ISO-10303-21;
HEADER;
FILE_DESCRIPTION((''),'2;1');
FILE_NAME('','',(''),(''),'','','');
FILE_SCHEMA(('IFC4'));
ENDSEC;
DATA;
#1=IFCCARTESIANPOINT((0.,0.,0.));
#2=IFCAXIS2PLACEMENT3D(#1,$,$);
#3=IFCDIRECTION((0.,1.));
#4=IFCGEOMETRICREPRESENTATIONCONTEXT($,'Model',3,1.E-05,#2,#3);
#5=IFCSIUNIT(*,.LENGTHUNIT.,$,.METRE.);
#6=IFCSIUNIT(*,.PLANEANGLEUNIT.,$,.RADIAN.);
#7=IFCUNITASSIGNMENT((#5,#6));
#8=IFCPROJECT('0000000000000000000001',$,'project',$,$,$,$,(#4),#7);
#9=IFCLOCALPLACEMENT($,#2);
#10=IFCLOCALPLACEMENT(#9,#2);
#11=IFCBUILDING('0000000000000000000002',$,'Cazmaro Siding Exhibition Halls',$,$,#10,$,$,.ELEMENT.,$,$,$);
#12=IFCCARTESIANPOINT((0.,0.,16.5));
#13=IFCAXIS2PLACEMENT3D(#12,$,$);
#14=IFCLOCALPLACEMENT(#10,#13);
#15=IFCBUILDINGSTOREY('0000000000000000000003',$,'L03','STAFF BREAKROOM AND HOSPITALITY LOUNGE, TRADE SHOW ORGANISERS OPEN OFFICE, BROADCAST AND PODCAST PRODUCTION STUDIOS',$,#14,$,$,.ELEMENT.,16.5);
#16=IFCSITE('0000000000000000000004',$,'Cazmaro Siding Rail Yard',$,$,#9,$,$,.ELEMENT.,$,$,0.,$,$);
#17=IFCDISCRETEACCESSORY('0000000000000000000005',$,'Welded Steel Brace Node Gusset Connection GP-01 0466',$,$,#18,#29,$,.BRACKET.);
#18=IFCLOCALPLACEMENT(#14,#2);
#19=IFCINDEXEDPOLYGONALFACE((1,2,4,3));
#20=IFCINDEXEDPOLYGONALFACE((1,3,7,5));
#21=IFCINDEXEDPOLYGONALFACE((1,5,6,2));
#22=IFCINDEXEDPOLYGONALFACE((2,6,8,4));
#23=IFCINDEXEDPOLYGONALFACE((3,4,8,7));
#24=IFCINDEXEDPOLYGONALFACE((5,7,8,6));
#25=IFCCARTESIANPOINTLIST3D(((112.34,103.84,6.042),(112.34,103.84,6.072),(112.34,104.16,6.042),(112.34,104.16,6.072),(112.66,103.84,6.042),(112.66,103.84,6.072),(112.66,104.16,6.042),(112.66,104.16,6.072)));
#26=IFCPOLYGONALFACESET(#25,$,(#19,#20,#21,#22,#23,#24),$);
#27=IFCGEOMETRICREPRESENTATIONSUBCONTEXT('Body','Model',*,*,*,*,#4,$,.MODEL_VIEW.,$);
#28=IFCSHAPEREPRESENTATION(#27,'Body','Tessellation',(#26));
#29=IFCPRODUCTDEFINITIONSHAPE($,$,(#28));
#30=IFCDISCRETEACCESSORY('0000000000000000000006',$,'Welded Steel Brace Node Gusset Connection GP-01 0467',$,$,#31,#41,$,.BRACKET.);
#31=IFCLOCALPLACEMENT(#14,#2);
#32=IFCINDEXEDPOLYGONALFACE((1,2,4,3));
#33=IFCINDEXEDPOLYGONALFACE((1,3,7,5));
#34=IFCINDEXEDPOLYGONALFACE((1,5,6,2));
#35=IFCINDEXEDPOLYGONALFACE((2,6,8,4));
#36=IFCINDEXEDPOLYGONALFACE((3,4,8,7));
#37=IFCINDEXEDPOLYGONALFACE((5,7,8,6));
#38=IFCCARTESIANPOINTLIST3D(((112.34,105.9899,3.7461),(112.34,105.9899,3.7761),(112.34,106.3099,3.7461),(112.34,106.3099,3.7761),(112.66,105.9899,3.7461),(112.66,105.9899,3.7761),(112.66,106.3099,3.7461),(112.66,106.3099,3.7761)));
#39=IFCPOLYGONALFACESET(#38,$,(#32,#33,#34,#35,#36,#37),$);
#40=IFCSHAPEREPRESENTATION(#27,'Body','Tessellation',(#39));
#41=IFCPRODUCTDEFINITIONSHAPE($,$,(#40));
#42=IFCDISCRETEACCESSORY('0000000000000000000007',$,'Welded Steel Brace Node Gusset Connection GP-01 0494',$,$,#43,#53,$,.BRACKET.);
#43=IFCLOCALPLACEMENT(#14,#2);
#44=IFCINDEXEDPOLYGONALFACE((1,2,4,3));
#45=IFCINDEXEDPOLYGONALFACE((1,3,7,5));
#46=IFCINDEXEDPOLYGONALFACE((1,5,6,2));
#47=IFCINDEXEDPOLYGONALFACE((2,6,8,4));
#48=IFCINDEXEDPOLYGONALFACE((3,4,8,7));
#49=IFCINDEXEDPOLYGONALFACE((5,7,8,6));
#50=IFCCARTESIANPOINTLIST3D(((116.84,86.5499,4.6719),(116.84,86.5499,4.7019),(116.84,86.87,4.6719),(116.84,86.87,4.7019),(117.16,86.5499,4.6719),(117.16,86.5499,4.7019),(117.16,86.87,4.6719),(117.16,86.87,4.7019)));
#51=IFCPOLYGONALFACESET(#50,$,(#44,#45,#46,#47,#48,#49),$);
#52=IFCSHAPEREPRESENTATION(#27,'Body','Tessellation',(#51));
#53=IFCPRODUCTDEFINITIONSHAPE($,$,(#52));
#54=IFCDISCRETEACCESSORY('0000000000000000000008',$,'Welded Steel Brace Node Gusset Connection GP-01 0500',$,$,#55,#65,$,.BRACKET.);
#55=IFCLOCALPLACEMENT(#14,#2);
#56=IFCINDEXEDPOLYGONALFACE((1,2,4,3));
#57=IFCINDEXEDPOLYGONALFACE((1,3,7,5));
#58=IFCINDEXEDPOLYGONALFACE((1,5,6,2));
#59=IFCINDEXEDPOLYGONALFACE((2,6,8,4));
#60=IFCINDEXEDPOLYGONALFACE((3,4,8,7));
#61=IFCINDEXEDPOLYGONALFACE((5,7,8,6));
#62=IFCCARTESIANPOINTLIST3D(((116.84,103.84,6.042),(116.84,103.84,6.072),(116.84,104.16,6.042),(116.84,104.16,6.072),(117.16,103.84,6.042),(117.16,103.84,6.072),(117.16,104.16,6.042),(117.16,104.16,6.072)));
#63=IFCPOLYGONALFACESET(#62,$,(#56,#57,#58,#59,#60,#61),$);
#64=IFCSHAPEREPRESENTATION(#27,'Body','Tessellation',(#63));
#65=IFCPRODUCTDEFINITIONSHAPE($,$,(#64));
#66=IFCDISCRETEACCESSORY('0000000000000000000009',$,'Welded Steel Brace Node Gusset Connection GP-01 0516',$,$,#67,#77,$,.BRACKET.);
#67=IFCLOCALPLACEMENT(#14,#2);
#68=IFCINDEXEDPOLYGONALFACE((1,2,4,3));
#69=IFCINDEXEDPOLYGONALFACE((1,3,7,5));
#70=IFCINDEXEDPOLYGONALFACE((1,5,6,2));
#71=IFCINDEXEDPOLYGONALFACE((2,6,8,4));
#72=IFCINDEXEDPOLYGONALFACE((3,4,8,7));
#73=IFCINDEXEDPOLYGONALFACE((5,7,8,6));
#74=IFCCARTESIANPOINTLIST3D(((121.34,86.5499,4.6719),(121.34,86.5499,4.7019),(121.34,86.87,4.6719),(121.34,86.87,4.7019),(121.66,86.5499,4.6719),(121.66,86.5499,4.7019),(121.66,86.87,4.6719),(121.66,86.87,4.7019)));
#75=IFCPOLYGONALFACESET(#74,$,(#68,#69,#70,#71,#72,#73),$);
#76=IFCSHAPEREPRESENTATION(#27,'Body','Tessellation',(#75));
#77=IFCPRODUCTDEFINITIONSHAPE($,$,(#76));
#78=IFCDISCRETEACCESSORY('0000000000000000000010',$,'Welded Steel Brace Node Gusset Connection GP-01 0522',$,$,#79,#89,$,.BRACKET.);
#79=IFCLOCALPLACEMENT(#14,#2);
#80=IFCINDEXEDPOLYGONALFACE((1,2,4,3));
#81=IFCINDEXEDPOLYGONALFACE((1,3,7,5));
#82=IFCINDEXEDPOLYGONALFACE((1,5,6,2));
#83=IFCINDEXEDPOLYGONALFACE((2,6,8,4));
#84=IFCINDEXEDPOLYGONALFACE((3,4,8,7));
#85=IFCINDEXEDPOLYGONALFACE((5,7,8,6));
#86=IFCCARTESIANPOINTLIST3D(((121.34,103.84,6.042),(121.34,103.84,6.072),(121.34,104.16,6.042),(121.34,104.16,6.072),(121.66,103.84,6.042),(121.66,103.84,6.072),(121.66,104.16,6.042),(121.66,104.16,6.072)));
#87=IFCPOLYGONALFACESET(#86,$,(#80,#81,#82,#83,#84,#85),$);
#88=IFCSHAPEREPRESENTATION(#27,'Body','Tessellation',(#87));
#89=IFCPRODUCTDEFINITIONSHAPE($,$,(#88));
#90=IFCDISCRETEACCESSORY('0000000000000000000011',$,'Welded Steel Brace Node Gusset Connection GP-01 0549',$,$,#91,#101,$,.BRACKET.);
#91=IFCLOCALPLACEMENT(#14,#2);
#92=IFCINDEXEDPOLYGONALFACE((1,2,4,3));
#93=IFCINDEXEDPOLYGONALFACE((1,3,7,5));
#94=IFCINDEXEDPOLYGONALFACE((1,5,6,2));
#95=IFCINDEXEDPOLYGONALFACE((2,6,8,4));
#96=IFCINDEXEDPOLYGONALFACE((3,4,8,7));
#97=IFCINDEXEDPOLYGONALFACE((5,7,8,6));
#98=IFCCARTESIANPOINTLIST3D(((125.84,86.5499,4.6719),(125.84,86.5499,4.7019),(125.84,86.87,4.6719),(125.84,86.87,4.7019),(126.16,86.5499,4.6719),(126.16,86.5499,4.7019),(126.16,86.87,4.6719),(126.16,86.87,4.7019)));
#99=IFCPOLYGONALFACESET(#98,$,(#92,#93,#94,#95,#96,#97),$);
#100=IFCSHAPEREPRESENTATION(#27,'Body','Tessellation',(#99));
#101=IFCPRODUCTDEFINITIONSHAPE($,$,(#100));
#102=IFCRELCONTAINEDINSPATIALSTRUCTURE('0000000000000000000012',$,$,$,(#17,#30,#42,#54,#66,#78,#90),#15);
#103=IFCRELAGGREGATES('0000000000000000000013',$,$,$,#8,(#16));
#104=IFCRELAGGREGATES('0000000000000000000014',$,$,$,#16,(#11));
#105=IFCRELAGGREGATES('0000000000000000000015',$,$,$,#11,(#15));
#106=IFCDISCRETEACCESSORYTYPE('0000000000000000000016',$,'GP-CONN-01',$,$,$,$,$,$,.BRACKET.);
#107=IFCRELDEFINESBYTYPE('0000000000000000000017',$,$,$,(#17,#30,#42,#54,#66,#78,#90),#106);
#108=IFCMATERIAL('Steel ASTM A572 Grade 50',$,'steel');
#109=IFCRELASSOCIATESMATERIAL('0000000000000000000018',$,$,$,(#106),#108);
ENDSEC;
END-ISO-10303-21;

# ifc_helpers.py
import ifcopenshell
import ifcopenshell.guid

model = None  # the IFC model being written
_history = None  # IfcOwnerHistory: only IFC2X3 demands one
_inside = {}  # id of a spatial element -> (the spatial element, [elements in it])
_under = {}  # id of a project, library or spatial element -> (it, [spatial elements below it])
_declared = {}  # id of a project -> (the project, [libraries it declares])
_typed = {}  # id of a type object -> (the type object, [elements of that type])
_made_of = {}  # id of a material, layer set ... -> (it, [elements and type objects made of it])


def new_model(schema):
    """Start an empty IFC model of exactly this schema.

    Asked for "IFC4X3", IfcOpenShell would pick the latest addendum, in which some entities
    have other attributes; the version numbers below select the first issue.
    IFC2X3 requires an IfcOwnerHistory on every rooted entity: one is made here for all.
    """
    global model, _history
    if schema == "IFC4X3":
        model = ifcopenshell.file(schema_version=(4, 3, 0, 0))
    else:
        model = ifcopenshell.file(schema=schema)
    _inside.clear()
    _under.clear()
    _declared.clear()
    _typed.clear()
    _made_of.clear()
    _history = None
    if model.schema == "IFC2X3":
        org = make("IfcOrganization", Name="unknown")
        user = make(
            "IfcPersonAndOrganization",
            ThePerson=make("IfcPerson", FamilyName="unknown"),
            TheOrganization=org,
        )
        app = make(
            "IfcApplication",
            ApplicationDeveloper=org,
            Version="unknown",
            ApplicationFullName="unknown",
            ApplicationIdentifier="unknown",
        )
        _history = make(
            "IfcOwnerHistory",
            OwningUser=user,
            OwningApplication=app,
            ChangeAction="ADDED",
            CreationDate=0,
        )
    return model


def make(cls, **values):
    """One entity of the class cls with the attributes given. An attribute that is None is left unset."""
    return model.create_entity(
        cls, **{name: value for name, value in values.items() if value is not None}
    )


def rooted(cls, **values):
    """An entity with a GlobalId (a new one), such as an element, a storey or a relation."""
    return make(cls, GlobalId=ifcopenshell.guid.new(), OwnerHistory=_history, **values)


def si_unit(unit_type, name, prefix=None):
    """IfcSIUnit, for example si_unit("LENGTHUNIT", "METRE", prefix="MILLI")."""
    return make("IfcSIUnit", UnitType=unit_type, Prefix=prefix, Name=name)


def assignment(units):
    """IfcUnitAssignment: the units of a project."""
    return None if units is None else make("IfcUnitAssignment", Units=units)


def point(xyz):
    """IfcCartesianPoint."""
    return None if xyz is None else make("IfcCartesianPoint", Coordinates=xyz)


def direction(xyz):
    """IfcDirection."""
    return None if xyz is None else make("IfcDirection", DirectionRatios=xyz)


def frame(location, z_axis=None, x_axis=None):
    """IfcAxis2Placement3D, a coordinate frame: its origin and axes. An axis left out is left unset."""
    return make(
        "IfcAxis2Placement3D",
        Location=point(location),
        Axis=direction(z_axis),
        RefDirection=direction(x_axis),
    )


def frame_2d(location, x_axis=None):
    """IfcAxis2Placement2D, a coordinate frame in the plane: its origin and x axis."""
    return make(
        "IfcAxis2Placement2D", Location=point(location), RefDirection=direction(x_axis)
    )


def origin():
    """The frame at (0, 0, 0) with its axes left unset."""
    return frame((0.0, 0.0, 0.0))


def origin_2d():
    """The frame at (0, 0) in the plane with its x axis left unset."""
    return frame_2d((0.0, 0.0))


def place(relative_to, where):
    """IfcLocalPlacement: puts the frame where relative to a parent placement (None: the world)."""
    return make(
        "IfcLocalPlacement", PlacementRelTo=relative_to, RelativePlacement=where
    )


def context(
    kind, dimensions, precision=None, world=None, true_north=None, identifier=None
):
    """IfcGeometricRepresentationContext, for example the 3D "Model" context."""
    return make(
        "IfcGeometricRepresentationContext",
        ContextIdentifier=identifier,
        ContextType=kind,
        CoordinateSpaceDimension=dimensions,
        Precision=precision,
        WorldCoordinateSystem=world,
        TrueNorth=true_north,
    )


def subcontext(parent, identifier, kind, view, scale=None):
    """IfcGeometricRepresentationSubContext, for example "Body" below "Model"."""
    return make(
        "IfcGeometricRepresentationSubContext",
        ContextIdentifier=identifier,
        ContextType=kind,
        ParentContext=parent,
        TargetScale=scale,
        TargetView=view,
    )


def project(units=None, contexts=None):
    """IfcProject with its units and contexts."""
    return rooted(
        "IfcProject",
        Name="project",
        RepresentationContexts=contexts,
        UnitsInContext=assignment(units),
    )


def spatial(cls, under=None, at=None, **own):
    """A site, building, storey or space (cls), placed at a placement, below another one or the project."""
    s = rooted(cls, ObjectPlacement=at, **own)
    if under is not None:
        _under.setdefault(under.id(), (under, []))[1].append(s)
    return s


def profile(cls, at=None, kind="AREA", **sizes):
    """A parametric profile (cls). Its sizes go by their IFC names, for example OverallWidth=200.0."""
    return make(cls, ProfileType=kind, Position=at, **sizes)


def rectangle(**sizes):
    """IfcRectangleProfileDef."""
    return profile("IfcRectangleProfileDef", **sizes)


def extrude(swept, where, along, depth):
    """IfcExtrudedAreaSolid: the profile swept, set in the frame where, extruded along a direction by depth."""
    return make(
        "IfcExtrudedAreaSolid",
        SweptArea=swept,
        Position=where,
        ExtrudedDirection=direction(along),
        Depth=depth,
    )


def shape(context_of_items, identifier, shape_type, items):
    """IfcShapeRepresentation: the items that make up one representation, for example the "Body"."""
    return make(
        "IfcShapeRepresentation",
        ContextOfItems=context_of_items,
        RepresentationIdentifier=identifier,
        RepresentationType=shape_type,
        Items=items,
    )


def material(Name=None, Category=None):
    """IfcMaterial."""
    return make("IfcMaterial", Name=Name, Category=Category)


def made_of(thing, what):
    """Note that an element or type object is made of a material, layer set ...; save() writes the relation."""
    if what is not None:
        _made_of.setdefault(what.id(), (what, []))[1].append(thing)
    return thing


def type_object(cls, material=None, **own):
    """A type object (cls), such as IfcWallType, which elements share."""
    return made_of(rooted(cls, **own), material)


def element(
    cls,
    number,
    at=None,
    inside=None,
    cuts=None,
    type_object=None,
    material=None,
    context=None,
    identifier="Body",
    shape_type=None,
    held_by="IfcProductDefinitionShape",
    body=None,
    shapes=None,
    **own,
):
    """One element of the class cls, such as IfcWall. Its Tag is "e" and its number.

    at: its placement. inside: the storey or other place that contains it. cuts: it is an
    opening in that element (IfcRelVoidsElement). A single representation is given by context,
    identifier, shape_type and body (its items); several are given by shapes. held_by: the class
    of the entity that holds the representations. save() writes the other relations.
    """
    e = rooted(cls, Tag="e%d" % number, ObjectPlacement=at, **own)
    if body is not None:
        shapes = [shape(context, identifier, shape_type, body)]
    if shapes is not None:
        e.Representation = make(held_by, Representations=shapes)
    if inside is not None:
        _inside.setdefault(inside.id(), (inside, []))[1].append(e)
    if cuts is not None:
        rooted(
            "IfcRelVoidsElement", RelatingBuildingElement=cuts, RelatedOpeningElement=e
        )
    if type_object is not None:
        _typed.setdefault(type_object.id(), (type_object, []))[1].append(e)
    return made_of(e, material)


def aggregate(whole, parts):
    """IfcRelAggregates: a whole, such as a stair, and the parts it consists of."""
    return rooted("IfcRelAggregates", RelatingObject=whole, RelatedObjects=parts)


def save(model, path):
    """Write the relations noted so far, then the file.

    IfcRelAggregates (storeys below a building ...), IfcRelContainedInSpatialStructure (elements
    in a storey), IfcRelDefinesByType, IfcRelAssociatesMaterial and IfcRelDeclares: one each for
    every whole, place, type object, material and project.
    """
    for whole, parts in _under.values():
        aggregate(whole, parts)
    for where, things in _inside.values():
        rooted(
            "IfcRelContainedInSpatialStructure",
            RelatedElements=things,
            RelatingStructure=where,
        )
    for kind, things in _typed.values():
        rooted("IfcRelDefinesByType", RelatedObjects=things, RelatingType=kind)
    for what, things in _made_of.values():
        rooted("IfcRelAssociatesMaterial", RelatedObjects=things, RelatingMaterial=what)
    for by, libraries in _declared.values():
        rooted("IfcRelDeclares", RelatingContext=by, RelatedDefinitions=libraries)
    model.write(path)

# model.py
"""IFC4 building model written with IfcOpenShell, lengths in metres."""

from ifc_helpers import new_model, si_unit, direction, frame, origin, origin_2d, place, context, subcontext, project, spatial, rectangle, extrude, material, type_object, element, save


model = new_model("IFC4")

# Units and contexts
model_context = context("Model", 3, precision=1e-05, world=origin(), true_north=direction((0.0, 1.0)))
body_context = subcontext(model_context, "Body", "Model", "MODEL_VIEW")
ifc_project = project(units=[si_unit("LENGTHUNIT", "METRE"), si_unit("PLANEANGLEUNIT", "RADIAN")], contexts=[model_context])

# Site, building, storey
site_placement = place(None, origin())
site = spatial("IfcSite", under=ifc_project, at=site_placement, Name="Cazmaro Siding Rail Yard", CompositionType="ELEMENT", RefElevation=0.0)
building_placement = place(site_placement, origin())
building = spatial("IfcBuilding", under=site, at=building_placement, Name="Cazmaro Siding Exhibition Halls", CompositionType="ELEMENT")
storey_placement = place(building_placement, frame((0.0, 0.0, 16.5)))
storey = spatial("IfcBuildingStorey", under=building, at=storey_placement, Name="L03", Description="STAFF BREAKROOM AND HOSPITALITY LOUNGE, TRADE SHOW ORGANISERS OPEN OFFICE, BROADCAST AND PODCAST PRODUCTION STUDIOS", CompositionType="ELEMENT", Elevation=16.5)

# Discrete accessories
ifc_material_1 = material(Name="Steel ASTM A572 Grade 50", Category="steel")
discrete_accessory_type = type_object("IfcDiscreteAccessoryType", Name="GP-CONN-01", PredefinedType="BRACKET", material=ifc_material_1)
for number, where, z_axis, x_axis, name in (
    (1, (112.5, 104.0, 6.042), (0.0, 0.0, 1.0), (1.0, 0.0, 0.0), "Welded Steel Brace Node Gusset Connection GP-01 0466"),
    (2, (112.5, 106.1499, 3.7461), (0.0, 0.0, 1.0), (1.0, 0.0, 0.0), "Welded Steel Brace Node Gusset Connection GP-01 0467"),
    (3, (117.0, 86.71, 4.6719), (0.0, 0.0, 1.0), (1.0, 0.0, 0.0), "Welded Steel Brace Node Gusset Connection GP-01 0494"),
    (4, (117.0, 104.0, 6.042), (0.0, 0.0, 1.0), (1.0, 0.0, 0.0), "Welded Steel Brace Node Gusset Connection GP-01 0500"),
    (5, (121.5, 86.71, 4.6719), (0.0, 0.0, 1.0), (1.0, 0.0, 0.0), "Welded Steel Brace Node Gusset Connection GP-01 0516"),
    (6, (121.5, 104.0, 6.042), (0.0, 0.0, 1.0), (1.0, 0.0, 0.0), "Welded Steel Brace Node Gusset Connection GP-01 0522"),
    (7, (126.0, 86.71, 4.6719), (0.0, 0.0, 1.0), (1.0, 0.0, 0.0), "Welded Steel Brace Node Gusset Connection GP-01 0549"),
):
    element("IfcDiscreteAccessory", number, at=place(storey_placement, frame(where, z_axis=z_axis, x_axis=x_axis)), inside=storey, type_object=discrete_accessory_type, Name=name, PredefinedType="BRACKET", context=body_context, shape_type="SweptSolid", body=[
        extrude(rectangle(XDim=0.3201, YDim=0.3201, at=origin_2d()), origin(), (0.0, 0.0, 1.0), 0.03),
    ])

save(model, "model.ifc")
